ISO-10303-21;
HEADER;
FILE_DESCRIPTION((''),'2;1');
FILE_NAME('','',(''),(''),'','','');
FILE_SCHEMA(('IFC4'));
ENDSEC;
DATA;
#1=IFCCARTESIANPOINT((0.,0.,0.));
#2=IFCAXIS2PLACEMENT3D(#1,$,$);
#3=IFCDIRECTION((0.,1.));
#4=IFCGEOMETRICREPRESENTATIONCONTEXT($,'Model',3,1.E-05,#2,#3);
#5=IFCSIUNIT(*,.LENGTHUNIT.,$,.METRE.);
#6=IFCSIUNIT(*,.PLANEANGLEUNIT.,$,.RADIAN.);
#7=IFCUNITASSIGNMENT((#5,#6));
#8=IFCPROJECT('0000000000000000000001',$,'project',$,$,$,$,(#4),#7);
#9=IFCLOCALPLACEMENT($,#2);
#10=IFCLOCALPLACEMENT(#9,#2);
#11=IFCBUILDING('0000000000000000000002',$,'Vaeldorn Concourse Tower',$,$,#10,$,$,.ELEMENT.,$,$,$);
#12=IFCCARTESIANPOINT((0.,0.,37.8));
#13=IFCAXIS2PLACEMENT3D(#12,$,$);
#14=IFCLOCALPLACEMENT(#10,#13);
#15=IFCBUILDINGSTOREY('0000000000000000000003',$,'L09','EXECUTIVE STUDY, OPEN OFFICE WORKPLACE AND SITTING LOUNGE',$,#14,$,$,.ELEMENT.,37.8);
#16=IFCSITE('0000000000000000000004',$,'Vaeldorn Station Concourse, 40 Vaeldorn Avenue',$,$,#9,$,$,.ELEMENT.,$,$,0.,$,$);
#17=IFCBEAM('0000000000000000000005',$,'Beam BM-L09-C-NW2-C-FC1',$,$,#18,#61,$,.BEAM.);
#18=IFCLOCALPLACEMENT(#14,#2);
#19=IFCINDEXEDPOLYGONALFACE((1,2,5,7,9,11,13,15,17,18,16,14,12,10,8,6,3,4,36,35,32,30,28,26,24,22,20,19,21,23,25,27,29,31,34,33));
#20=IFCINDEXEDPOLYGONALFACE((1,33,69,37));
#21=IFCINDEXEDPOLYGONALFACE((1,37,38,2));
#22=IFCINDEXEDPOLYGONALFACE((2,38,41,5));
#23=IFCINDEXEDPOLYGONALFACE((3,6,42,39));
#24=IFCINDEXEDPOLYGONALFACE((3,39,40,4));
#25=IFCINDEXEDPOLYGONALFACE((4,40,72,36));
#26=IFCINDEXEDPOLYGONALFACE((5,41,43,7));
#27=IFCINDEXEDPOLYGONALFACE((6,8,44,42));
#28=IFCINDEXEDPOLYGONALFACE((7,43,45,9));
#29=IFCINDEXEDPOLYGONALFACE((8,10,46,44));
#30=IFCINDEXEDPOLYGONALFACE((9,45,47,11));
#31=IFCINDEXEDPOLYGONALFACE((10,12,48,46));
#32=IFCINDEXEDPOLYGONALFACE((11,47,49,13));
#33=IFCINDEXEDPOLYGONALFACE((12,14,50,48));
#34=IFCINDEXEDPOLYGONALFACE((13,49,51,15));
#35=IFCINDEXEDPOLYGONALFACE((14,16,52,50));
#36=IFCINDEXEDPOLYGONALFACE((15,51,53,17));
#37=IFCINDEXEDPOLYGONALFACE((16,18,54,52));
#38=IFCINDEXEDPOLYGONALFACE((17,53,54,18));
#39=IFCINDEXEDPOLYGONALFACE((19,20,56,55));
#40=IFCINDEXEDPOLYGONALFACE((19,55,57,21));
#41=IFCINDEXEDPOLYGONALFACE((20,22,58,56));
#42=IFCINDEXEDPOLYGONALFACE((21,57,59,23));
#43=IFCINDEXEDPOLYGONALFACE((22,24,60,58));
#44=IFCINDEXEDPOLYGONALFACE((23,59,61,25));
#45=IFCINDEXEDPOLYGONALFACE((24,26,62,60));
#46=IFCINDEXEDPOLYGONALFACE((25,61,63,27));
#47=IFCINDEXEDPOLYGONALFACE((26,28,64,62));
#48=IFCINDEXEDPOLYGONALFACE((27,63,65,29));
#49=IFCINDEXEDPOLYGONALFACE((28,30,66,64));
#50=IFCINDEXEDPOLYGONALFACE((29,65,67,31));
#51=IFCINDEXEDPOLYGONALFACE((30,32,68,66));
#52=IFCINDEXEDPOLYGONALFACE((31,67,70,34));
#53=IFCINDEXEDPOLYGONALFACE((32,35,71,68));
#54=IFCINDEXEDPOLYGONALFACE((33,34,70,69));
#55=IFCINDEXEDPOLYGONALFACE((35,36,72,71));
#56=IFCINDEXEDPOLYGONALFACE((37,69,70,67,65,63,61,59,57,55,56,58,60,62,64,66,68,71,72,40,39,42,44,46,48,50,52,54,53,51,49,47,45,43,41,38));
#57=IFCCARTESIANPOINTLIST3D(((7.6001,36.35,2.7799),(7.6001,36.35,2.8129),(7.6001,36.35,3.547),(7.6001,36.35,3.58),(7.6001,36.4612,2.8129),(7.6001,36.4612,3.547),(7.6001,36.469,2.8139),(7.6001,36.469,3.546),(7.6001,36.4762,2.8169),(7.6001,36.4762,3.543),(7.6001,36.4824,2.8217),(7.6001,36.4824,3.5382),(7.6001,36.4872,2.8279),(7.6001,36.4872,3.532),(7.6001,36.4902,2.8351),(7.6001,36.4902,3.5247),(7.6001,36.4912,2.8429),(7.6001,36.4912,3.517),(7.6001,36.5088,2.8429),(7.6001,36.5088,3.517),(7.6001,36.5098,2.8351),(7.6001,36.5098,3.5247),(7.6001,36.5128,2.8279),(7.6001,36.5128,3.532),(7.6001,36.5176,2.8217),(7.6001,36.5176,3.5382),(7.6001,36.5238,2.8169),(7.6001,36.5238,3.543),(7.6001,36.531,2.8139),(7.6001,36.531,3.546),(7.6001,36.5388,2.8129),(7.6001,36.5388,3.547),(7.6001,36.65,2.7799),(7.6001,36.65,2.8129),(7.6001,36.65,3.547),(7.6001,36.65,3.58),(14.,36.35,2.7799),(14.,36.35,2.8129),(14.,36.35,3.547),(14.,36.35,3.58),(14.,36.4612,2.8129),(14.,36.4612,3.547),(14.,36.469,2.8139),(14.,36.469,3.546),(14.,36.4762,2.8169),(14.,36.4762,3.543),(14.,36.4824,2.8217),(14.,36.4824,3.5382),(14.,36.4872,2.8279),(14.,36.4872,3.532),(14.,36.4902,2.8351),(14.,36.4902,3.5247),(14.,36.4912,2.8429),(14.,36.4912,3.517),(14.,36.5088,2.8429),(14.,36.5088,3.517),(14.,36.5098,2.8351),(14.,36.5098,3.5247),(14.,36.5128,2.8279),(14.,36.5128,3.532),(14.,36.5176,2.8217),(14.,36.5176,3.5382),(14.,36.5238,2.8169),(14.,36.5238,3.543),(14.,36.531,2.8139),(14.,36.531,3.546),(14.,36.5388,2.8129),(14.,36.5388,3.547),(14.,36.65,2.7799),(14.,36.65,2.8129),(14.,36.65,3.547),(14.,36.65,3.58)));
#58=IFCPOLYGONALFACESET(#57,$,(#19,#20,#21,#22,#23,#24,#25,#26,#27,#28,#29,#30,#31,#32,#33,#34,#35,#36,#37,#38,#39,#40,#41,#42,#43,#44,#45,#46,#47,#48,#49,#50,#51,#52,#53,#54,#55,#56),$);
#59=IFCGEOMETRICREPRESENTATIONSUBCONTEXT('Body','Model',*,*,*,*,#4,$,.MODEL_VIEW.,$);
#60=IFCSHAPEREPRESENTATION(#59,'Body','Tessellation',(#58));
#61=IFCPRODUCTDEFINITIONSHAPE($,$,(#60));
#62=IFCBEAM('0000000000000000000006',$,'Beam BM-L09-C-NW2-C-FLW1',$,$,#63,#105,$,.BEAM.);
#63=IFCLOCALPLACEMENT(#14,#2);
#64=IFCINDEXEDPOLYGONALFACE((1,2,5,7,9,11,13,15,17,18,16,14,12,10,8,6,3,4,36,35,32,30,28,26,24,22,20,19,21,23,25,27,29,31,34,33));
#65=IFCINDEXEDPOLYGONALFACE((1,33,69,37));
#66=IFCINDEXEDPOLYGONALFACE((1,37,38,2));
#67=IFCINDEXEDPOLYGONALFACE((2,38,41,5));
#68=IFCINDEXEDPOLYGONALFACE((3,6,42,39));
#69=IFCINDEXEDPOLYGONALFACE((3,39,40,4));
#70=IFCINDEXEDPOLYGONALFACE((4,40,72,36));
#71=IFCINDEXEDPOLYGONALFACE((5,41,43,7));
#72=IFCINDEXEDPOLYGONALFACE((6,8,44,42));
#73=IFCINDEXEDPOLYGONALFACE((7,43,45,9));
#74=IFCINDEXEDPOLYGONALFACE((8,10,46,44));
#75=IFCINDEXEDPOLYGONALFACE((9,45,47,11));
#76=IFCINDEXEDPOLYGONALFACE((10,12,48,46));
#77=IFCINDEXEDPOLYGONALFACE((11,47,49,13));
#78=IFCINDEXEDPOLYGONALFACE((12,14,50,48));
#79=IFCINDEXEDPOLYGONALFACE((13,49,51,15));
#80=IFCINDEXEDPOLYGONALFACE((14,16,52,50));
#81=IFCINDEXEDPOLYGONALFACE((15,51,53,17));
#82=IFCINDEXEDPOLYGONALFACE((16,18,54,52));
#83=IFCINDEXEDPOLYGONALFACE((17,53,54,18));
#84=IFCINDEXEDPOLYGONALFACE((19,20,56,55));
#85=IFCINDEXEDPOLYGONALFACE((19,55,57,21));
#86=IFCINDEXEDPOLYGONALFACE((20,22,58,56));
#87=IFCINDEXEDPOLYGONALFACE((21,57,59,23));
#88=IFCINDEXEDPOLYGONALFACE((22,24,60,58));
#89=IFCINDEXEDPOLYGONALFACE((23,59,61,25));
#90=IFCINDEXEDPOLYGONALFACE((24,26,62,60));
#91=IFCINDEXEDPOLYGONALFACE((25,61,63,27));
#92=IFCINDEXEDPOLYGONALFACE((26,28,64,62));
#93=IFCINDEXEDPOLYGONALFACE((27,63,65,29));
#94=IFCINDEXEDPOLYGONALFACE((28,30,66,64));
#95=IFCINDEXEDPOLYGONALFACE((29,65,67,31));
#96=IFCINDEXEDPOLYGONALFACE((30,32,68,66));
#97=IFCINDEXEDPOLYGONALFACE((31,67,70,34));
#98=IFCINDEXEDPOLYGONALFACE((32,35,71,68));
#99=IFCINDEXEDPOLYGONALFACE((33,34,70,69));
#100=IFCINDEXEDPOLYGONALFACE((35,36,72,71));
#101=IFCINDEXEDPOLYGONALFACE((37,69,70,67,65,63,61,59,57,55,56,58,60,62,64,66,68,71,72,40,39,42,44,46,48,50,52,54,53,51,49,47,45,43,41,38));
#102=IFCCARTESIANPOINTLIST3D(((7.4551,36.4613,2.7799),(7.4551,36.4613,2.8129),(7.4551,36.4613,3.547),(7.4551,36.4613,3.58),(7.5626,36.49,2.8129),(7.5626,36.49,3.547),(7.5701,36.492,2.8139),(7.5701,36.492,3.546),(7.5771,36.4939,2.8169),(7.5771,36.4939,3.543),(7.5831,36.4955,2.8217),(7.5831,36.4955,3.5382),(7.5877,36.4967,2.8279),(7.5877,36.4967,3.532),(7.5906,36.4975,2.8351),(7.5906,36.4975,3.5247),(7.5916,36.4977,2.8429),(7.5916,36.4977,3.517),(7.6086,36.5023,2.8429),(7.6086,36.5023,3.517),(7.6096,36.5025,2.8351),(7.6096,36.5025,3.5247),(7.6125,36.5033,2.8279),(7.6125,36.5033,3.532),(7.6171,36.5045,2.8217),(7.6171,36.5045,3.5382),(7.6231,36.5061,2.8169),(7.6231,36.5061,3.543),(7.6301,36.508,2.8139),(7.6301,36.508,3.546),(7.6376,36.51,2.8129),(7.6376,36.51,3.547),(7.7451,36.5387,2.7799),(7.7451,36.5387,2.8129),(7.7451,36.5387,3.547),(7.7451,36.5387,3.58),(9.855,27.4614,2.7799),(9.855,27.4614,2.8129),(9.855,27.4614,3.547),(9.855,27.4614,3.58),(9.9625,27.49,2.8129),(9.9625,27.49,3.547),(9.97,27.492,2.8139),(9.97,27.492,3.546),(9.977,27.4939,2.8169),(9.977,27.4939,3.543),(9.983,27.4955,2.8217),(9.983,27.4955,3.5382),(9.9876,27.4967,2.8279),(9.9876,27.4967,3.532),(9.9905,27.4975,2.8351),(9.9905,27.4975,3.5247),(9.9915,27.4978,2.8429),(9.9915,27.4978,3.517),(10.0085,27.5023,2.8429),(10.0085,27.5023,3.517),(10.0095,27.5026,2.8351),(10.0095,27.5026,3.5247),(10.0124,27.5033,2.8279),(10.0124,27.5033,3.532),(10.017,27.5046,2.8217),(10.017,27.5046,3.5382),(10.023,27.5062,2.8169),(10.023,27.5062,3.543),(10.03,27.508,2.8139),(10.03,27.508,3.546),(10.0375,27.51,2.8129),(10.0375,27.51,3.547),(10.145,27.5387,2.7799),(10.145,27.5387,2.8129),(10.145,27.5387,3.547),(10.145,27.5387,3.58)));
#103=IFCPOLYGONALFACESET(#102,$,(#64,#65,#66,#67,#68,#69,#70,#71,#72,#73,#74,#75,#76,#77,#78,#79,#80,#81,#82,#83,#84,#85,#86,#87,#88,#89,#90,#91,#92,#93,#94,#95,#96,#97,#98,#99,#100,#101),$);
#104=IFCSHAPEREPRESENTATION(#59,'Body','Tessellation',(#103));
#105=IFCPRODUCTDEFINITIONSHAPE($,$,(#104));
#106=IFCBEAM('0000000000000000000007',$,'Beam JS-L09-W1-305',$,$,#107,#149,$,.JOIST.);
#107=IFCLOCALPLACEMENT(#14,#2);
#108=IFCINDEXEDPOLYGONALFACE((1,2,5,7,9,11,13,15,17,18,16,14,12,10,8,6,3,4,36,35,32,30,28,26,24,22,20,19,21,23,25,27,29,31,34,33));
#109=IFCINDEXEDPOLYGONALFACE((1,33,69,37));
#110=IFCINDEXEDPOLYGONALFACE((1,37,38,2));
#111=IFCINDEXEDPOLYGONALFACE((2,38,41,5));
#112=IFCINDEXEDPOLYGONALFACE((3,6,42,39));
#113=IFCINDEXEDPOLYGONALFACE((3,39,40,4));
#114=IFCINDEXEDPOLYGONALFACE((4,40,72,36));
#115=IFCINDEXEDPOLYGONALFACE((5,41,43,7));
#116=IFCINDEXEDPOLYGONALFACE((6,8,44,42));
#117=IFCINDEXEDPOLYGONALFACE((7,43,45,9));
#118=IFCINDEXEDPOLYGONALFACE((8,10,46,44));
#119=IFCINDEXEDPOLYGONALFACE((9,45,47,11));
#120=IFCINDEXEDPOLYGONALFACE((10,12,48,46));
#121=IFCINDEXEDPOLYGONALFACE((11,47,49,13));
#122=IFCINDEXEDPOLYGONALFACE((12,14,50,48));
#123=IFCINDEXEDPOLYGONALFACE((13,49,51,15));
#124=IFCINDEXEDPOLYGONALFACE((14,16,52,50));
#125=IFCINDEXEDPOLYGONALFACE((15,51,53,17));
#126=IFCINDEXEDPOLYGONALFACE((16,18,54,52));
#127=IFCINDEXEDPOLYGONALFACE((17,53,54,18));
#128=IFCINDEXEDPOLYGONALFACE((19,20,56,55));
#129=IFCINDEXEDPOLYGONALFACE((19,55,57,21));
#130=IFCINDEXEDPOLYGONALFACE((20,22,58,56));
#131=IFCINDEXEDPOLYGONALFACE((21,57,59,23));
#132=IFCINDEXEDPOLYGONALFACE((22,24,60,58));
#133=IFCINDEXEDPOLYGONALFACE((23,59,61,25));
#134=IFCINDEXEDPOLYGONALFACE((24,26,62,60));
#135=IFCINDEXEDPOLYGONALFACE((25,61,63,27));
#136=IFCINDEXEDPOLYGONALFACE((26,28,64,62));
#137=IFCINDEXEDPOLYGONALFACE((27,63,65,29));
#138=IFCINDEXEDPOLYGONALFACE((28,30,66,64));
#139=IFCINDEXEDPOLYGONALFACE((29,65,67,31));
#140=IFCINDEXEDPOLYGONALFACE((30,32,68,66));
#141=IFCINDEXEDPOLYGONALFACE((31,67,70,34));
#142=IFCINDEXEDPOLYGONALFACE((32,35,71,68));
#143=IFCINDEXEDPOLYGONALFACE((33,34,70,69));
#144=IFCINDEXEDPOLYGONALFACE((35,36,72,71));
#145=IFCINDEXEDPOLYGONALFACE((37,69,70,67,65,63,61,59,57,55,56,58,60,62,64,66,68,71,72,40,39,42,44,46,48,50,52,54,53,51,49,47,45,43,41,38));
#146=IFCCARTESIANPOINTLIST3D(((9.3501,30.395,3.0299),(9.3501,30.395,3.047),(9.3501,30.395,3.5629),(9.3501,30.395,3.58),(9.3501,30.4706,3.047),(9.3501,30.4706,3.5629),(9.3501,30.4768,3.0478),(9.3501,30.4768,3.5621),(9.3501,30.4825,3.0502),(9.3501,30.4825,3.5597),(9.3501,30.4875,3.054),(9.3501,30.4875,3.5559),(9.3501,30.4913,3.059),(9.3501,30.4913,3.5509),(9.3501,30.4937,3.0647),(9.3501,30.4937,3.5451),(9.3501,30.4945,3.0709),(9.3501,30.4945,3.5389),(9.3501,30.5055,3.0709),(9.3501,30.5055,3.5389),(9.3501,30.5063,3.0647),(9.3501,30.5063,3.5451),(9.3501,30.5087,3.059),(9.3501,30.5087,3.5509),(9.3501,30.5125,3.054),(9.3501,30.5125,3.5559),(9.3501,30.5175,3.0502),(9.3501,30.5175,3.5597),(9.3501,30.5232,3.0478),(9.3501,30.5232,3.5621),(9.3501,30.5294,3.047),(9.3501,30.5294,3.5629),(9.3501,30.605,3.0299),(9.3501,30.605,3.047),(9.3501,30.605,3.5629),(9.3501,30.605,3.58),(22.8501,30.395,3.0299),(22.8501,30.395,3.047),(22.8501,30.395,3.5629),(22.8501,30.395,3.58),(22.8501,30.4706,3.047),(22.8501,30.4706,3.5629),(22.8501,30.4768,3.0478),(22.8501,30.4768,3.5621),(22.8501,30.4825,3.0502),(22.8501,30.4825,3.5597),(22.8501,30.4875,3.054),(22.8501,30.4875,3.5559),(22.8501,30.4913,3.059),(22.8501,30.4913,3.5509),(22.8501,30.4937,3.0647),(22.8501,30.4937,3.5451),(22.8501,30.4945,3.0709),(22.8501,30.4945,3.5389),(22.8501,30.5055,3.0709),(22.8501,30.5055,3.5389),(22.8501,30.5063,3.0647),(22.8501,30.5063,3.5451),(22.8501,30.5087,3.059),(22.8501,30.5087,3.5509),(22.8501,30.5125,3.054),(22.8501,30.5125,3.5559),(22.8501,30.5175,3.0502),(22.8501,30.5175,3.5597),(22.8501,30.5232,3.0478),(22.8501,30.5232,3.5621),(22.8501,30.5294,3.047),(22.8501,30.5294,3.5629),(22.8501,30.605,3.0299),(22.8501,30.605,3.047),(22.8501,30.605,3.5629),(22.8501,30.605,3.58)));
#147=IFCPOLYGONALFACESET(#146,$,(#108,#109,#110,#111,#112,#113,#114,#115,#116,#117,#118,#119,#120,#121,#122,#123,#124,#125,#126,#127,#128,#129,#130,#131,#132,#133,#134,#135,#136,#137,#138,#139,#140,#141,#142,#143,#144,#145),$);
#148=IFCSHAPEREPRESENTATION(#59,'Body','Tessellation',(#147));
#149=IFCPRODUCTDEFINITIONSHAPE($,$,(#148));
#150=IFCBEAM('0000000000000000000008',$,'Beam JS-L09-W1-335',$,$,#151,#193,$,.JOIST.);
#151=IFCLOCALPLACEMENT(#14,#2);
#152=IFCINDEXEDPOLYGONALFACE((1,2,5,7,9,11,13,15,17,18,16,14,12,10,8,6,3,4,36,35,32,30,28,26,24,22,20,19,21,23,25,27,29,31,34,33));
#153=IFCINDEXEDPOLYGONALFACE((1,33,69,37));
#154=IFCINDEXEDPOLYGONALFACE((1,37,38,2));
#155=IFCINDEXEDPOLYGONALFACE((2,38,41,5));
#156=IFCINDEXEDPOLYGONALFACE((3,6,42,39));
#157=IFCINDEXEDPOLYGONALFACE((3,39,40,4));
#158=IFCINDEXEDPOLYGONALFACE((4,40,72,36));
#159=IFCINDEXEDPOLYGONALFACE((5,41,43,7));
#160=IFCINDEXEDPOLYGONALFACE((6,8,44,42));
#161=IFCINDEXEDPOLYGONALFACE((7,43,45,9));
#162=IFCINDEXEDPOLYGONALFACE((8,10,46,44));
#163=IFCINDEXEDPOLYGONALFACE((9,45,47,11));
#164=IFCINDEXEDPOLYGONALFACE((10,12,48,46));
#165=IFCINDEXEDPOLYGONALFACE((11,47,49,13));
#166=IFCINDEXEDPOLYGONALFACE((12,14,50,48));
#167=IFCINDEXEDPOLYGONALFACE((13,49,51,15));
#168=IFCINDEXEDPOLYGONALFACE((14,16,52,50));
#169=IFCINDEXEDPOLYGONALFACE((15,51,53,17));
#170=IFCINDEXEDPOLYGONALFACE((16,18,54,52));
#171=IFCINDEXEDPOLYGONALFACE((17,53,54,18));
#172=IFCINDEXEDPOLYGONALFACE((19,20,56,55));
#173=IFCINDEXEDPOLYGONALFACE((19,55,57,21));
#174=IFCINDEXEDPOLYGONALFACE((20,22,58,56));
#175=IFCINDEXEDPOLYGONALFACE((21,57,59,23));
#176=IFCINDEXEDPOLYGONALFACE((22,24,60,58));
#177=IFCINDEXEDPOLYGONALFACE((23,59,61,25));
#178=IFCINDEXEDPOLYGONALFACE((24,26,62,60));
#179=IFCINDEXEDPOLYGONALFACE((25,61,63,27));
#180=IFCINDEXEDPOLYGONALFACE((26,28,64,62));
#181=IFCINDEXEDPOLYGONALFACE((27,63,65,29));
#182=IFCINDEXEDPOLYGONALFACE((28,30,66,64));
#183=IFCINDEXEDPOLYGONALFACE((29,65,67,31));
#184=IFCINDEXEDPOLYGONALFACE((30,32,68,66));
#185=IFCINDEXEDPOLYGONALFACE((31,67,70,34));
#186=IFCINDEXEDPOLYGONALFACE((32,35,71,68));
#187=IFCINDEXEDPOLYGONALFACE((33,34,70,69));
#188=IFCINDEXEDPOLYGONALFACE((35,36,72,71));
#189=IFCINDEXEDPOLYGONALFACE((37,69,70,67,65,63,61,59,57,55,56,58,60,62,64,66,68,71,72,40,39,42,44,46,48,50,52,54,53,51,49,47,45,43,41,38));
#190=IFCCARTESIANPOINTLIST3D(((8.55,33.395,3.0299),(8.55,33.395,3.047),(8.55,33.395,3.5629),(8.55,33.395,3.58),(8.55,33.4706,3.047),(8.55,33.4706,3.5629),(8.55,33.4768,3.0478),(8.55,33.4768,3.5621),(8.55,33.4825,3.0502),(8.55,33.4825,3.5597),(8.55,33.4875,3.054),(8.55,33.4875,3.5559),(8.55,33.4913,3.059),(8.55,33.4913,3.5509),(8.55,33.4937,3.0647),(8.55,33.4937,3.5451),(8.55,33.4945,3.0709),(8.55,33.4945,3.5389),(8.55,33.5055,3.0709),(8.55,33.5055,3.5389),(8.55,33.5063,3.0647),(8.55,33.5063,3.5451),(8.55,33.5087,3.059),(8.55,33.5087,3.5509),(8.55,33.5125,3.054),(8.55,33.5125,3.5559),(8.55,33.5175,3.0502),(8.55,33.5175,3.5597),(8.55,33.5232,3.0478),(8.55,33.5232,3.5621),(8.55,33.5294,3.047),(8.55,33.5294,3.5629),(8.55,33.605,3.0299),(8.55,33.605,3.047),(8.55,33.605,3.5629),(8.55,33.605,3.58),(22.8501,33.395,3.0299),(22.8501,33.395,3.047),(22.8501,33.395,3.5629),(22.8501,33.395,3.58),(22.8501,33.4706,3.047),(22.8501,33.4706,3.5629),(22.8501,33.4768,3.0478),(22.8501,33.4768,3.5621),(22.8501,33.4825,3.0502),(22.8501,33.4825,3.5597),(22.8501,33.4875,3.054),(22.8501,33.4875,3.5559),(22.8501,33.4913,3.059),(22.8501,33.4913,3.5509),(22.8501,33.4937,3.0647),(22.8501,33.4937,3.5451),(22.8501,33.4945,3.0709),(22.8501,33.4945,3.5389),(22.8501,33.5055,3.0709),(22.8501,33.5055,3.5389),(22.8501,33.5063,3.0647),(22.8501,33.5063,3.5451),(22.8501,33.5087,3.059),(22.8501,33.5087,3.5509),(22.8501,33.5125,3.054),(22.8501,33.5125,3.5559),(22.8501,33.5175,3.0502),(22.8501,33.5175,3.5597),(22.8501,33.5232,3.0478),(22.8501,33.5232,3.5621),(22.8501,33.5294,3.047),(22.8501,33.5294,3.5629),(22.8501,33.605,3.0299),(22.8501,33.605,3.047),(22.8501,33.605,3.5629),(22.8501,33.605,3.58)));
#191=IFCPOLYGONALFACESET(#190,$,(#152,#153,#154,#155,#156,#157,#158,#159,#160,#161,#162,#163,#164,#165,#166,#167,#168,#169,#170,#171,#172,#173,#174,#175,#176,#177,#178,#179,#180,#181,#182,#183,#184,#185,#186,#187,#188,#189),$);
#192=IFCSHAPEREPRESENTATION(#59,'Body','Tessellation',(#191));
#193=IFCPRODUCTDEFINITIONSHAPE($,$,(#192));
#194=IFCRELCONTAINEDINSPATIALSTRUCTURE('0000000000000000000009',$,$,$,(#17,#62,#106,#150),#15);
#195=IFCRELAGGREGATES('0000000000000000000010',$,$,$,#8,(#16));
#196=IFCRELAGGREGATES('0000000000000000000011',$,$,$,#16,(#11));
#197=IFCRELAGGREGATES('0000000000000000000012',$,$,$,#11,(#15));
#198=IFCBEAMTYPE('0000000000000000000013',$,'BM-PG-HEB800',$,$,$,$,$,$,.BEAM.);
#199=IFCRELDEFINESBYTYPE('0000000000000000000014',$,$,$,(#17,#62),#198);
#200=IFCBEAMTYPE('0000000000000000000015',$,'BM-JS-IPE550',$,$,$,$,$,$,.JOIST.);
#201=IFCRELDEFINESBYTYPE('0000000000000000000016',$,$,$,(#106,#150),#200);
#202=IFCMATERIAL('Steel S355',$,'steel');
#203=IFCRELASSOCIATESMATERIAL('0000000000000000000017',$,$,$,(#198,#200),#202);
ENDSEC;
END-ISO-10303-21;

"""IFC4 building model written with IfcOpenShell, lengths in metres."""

from ifc_helpers import new_model, si_unit, direction, frame, origin, origin_2d, place, context, subcontext, project, spatial, i_section, extrude, source, transform, mapped, material, material_profile, profile_set, type_object, element, save


model = new_model("IFC4")

# Units and contexts
model_context = context("Model", 3, precision=1e-05, world=origin(), true_north=direction((0.0, 1.0)))
body_context = subcontext(model_context, "Body", "Model", "MODEL_VIEW")
ifc_project = project(units=[si_unit("LENGTHUNIT", "METRE"), si_unit("PLANEANGLEUNIT", "RADIAN")], contexts=[model_context])

# Site, building, storey
site_placement = place(None, origin())
site = spatial("IfcSite", under=ifc_project, at=site_placement, Name="Vaeldorn Station Concourse, 40 Vaeldorn Avenue", CompositionType="ELEMENT", RefElevation=0.0)
building_placement = place(site_placement, origin())
building = spatial("IfcBuilding", under=site, at=building_placement, Name="Vaeldorn Concourse Tower", CompositionType="ELEMENT")
storey_placement = place(building_placement, frame((0.0, 0.0, 37.8)))
storey = spatial("IfcBuildingStorey", under=building, at=storey_placement, Name="L09", Description="EXECUTIVE STUDY, OPEN OFFICE WORKPLACE AND SITTING LOUNGE", CompositionType="ELEMENT", Elevation=37.8)

# Beams
ifc_material_1 = material(Name="Steel S355", Category="steel")
ifc_material_profile_1 = material_profile(ifc_material_1, i_section(OverallWidth=0.3, OverallDepth=0.8, WebThickness=0.0176, FlangeThickness=0.033, FilletRadius=0.03, at=origin_2d()), Name="HEB 800")
ifc_profile_set_1 = profile_set([ifc_material_profile_1], Name="Steel S355")
beam_type_1 = type_object("IfcBeamType", Name="BM-PG-HEB800", PredefinedType="BEAM", material=ifc_profile_set_1)
shared_shape_1 = source(origin(), body_context, "Body", "SweptSolid", [
    extrude(i_section(OverallWidth=0.3, OverallDepth=0.8, WebThickness=0.0176, FlangeThickness=0.033, FilletRadius=0.03, at=origin_2d()), origin(), (0.0, 0.0, 1.0), 6.3999),
])
beam_1_placement = place(storey_placement, frame((7.6001, 36.5, 3.1799), z_axis=(1.0, 0.0, 0.0), x_axis=(0.0, 1.0, 0.0)))
element("IfcBeam", 1, at=beam_1_placement, inside=storey, type_object=beam_type_1, Name="Beam BM-L09-C-NW2-C-FC1", PredefinedType="BEAM", context=body_context, shape_type="MappedRepresentation", body=[
    mapped(shared_shape_1, transform((0.0, 0.0, 0.0), scale=1.0)),
])
shared_shape_2 = source(origin(), body_context, "Body", "SweptSolid", [
    extrude(i_section(OverallWidth=0.3, OverallDepth=0.8, WebThickness=0.0176, FlangeThickness=0.033, FilletRadius=0.03, at=origin_2d()), origin(), (0.0, 0.0, 1.0), 9.3145),
])
beam_2_placement = place(storey_placement, frame((7.6001, 36.5, 3.1799), z_axis=(0.257653, -0.966238, 0.0), x_axis=(0.966238, 0.257653, 0.0)))
element("IfcBeam", 2, at=beam_2_placement, inside=storey, type_object=beam_type_1, Name="Beam BM-L09-C-NW2-C-FLW1", PredefinedType="BEAM", context=body_context, shape_type="MappedRepresentation", body=[
    mapped(shared_shape_2, transform((0.0, 0.0, 0.0), scale=1.0)),
])
ifc_material_profile_2 = material_profile(ifc_material_1, i_section(OverallWidth=0.21, OverallDepth=0.55, WebThickness=0.011, FlangeThickness=0.0171, FilletRadius=0.0239, at=origin_2d()), Name="IPE 550")
ifc_profile_set_2 = profile_set([ifc_material_profile_2], Name="Steel S355")
beam_type_2 = type_object("IfcBeamType", Name="BM-JS-IPE550", PredefinedType="JOIST", material=ifc_profile_set_2)
shared_shape_3 = source(origin(), body_context, "Body", "SweptSolid", [
    extrude(i_section(OverallWidth=0.21, OverallDepth=0.55, WebThickness=0.011, FlangeThickness=0.0171, FilletRadius=0.0239, at=origin_2d()), origin(), (0.0, 0.0, 1.0), 13.5),
])
beam_3_placement = place(storey_placement, frame((9.3501, 30.5, 3.3049), z_axis=(1.0, 0.0, 0.0), x_axis=(0.0, 1.0, 0.0)))
element("IfcBeam", 3, at=beam_3_placement, inside=storey, type_object=beam_type_2, Name="Beam JS-L09-W1-305", PredefinedType="JOIST", context=body_context, shape_type="MappedRepresentation", body=[
    mapped(shared_shape_3, transform((0.0, 0.0, 0.0), scale=1.0)),
])
shared_shape_4 = source(origin(), body_context, "Body", "SweptSolid", [
    extrude(i_section(OverallWidth=0.21, OverallDepth=0.55, WebThickness=0.011, FlangeThickness=0.0171, FilletRadius=0.0239, at=origin_2d()), origin(), (0.0, 0.0, 1.0), 14.3),
])
beam_4_placement = place(storey_placement, frame((8.55, 33.5, 3.3049), z_axis=(1.0, 0.0, 0.0), x_axis=(0.0, 1.0, 0.0)))
element("IfcBeam", 4, at=beam_4_placement, inside=storey, type_object=beam_type_2, Name="Beam JS-L09-W1-335", PredefinedType="JOIST", context=body_context, shape_type="MappedRepresentation", body=[
    mapped(shared_shape_4, transform((0.0, 0.0, 0.0), scale=1.0)),
])

save(model, "model.ifc")
